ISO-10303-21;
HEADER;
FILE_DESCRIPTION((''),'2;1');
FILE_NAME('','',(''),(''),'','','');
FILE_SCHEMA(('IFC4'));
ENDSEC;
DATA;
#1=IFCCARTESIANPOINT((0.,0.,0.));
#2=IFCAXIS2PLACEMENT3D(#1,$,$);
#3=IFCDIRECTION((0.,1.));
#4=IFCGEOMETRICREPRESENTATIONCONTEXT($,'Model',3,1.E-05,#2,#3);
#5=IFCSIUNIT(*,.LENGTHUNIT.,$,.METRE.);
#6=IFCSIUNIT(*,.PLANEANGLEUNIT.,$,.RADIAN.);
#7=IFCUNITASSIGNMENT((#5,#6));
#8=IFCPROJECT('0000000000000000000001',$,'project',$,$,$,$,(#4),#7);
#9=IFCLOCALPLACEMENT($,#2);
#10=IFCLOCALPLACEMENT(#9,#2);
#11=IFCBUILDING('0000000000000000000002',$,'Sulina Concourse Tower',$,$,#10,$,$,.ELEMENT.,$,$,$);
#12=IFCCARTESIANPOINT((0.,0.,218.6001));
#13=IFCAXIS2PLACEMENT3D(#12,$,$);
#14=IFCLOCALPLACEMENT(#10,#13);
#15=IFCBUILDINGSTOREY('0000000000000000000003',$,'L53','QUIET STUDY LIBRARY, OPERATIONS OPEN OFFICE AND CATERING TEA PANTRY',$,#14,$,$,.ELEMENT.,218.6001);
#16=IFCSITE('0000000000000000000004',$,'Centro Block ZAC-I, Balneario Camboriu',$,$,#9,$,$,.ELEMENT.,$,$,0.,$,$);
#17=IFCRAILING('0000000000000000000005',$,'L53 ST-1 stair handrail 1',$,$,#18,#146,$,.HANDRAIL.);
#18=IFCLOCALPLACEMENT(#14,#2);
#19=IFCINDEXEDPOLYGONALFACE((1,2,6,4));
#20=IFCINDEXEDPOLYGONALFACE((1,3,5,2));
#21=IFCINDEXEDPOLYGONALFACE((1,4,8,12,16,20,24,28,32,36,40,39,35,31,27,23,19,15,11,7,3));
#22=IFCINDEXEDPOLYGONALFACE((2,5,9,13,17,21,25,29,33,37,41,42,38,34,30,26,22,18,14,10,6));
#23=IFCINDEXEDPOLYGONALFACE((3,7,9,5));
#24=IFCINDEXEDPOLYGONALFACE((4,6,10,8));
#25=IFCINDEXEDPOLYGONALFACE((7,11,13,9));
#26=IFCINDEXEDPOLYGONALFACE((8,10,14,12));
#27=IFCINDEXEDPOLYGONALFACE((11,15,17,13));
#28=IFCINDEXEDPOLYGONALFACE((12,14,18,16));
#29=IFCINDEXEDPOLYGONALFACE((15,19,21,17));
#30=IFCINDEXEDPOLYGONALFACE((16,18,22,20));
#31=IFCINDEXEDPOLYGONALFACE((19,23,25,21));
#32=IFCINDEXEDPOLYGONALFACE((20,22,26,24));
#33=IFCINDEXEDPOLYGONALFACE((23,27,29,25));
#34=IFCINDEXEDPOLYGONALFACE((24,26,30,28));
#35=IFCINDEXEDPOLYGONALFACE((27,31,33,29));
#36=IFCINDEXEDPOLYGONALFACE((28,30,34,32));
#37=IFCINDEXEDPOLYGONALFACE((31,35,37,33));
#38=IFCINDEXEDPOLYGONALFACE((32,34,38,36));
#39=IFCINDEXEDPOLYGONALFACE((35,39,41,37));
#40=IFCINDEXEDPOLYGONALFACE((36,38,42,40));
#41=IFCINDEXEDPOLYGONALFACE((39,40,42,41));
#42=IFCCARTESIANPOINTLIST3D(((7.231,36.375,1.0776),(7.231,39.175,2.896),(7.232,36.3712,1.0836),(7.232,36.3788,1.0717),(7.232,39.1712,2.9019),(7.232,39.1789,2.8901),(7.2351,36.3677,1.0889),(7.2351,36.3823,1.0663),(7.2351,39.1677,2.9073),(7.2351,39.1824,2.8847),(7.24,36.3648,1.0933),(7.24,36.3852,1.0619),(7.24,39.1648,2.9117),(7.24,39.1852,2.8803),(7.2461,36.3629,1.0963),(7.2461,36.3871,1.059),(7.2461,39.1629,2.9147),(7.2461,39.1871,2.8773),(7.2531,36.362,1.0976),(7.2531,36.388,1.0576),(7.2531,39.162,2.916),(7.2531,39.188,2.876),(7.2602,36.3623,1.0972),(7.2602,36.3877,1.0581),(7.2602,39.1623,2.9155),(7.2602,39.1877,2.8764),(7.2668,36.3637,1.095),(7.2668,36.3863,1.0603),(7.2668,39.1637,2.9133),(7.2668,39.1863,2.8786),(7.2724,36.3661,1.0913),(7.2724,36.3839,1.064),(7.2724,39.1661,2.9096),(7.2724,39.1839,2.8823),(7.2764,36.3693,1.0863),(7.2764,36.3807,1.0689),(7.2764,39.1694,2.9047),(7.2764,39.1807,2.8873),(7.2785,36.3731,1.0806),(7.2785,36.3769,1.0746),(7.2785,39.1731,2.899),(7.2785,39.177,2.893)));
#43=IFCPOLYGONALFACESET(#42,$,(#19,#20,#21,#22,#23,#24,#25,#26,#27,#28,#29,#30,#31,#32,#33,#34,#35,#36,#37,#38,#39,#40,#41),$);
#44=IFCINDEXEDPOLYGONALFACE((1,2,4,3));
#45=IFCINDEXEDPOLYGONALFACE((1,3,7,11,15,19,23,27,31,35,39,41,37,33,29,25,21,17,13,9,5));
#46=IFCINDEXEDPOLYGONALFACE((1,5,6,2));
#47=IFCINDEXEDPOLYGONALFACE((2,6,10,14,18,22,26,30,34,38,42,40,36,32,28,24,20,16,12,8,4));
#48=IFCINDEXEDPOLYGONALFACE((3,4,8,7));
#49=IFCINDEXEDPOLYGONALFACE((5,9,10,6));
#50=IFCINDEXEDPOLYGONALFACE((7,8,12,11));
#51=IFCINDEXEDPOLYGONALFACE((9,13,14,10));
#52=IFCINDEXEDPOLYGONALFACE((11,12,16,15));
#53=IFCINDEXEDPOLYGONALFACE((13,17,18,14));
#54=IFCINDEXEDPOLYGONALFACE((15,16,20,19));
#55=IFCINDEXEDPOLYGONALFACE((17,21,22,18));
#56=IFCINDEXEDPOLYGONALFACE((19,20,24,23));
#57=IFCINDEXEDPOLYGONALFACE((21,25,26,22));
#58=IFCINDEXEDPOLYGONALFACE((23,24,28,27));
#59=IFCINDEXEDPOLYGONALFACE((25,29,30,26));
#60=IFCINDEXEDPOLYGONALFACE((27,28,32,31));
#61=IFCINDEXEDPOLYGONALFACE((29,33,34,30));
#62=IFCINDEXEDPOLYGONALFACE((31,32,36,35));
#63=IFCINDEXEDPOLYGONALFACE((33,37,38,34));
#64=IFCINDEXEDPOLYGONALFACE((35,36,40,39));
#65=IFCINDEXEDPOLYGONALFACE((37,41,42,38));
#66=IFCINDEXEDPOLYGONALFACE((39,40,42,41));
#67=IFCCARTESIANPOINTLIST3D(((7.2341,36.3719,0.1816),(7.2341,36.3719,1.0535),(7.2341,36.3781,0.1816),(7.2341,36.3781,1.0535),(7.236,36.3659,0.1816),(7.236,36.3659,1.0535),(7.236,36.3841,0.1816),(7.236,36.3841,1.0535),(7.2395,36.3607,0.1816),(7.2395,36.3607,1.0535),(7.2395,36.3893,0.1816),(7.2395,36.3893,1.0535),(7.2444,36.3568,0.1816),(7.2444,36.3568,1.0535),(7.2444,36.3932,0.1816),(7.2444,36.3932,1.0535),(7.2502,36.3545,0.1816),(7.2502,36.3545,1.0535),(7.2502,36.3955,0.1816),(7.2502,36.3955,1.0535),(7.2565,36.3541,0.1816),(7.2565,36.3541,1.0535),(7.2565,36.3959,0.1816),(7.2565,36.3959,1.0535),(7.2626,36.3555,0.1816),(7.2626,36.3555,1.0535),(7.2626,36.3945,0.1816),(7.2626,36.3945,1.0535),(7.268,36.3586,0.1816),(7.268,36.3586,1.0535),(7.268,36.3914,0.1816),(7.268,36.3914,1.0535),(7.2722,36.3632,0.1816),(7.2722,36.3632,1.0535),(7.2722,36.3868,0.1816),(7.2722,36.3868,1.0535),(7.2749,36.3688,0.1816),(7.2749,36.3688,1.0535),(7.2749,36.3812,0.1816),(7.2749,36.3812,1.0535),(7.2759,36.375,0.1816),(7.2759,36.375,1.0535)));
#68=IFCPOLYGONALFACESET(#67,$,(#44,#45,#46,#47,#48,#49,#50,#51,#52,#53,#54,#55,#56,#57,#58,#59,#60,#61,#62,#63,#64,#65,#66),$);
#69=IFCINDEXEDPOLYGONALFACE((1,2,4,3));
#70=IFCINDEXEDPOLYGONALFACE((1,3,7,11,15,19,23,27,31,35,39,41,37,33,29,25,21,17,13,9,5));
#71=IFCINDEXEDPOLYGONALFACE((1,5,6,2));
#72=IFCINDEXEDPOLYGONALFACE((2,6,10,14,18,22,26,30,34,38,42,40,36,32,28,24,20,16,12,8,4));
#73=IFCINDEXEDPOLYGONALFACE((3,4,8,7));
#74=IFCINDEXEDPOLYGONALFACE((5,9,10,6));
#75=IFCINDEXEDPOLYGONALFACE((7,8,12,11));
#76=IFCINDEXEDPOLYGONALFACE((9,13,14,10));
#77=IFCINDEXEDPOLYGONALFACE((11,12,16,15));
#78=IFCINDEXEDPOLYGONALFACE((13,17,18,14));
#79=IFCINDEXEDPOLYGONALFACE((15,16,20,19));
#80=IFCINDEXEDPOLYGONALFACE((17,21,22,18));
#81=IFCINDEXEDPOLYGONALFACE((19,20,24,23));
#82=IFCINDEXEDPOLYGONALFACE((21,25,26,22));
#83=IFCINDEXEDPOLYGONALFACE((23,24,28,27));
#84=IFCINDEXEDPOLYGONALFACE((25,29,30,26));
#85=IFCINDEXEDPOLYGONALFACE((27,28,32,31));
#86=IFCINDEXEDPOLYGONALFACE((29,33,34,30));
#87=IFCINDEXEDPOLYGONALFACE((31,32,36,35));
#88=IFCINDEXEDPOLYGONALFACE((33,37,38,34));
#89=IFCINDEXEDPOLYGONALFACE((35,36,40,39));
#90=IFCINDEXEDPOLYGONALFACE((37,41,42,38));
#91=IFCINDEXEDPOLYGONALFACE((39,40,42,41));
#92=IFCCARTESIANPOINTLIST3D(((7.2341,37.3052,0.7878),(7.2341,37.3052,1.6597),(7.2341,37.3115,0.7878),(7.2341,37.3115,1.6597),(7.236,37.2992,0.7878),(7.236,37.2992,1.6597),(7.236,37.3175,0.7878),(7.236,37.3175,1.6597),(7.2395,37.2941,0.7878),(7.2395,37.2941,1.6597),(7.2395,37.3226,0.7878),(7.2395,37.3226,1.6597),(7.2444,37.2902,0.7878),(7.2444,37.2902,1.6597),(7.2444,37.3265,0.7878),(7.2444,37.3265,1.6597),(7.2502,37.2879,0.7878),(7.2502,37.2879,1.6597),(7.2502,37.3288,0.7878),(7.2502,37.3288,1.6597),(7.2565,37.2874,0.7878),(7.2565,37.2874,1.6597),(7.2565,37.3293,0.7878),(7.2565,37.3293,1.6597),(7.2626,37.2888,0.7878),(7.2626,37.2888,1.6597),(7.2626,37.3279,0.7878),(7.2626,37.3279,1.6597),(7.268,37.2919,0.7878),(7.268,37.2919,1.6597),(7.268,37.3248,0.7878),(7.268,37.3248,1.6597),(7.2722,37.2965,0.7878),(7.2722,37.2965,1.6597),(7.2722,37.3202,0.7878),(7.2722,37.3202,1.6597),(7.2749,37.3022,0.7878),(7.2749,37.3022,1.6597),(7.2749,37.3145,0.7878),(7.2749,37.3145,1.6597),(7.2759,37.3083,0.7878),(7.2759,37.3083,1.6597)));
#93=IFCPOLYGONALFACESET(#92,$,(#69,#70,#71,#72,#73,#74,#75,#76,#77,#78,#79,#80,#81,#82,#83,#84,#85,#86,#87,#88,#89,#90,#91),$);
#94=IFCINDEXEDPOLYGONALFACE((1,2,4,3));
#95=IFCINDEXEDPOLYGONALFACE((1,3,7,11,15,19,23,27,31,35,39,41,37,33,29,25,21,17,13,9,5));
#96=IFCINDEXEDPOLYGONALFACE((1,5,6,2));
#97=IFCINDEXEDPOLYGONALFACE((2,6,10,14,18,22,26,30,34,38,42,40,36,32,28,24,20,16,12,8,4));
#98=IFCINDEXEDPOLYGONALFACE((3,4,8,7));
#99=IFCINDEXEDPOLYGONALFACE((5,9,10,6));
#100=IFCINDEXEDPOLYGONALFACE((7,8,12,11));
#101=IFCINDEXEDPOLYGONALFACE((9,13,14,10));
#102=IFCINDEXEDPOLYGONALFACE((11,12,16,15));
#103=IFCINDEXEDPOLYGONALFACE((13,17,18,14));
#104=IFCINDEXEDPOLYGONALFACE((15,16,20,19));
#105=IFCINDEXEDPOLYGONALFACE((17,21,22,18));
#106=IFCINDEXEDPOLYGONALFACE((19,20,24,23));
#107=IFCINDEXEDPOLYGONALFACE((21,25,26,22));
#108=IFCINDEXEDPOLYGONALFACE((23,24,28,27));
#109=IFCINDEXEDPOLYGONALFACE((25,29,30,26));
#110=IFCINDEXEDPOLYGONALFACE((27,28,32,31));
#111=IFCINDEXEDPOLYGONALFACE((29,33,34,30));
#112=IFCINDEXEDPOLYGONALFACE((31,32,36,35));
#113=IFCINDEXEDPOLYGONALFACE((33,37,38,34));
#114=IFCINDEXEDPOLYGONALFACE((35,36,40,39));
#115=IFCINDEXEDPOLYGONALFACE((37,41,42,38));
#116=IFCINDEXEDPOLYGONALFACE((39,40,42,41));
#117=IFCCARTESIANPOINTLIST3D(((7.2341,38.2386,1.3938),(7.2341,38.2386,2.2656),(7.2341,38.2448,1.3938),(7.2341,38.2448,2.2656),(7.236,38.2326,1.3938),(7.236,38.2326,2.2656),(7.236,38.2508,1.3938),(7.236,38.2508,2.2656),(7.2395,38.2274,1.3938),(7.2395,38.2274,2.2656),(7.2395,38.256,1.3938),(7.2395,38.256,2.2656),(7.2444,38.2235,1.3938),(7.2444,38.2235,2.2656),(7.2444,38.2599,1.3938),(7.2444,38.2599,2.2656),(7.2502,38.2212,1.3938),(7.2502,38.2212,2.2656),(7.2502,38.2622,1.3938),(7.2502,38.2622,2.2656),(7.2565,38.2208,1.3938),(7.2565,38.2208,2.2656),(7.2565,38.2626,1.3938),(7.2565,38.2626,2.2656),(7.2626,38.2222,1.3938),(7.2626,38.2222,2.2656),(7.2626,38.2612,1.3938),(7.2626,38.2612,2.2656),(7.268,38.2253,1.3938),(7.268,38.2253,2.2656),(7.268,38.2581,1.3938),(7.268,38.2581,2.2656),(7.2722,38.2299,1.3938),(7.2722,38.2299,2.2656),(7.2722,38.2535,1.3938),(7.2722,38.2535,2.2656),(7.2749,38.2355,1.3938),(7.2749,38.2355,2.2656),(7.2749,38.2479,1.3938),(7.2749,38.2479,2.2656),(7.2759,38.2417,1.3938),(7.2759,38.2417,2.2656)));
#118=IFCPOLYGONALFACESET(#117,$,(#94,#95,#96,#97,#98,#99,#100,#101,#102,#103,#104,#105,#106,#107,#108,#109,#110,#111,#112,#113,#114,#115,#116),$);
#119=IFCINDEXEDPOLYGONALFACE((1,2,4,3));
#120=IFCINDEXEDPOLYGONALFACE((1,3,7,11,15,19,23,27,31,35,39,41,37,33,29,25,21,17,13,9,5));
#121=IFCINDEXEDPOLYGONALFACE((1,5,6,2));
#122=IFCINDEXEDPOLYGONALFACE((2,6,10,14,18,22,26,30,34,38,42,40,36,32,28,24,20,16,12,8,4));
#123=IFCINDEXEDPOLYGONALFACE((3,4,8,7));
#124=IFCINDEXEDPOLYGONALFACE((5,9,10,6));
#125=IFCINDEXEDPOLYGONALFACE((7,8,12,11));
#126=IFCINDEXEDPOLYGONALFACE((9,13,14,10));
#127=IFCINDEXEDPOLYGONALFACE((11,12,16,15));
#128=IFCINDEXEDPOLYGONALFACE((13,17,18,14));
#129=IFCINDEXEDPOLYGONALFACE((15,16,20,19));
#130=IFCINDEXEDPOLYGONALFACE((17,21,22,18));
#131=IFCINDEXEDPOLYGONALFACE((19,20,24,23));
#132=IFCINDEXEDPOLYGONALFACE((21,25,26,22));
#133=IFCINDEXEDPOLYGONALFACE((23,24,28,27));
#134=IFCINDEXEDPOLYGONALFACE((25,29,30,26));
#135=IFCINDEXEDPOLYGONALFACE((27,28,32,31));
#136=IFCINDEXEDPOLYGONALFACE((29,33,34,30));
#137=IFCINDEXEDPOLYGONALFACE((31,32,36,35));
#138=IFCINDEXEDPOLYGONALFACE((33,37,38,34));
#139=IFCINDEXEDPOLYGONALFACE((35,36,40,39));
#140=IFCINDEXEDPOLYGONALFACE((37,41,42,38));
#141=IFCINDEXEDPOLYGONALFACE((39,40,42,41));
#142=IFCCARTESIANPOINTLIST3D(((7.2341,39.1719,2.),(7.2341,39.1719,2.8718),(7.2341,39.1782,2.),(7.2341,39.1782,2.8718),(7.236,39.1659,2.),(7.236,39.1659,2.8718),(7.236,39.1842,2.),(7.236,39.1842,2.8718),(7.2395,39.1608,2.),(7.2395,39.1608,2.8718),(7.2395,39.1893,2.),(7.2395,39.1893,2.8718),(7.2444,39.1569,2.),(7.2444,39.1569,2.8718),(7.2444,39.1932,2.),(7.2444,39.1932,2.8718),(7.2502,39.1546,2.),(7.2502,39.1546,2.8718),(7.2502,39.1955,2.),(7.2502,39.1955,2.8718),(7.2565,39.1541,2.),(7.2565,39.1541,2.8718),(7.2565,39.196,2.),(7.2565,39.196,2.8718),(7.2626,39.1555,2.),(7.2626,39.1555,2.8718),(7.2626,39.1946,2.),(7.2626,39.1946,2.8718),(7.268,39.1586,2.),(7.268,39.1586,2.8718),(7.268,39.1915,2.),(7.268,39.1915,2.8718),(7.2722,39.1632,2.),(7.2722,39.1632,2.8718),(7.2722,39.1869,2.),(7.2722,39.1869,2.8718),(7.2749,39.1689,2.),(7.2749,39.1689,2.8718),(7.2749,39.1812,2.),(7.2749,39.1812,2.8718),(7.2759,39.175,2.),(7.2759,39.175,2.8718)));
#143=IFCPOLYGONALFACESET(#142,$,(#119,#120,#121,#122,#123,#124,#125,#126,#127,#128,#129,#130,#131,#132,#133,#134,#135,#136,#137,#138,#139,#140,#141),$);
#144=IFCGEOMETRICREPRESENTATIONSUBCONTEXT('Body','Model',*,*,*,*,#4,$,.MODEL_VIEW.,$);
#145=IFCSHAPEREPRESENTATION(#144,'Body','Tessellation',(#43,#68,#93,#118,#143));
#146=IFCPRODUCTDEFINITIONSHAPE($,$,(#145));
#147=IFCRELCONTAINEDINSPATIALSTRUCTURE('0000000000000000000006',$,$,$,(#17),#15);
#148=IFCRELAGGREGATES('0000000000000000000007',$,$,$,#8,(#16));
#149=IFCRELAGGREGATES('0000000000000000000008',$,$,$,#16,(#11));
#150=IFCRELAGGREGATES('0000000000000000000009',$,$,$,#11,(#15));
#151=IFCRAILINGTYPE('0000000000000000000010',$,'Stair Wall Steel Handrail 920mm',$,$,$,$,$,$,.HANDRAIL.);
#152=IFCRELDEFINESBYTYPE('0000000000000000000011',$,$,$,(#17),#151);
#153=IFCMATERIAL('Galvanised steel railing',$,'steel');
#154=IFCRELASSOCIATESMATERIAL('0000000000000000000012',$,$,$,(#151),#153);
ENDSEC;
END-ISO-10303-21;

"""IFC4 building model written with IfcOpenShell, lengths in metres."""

from ifc_helpers import new_model, si_unit, direction, frame, origin, origin_2d, place, context, subcontext, project, spatial, circle, extrude, material, type_object, element, save


model = new_model("IFC4")

# Units and contexts
model_context = context("Model", 3, precision=1e-05, world=origin(), true_north=direction((0.0, 1.0)))
body_context = subcontext(model_context, "Body", "Model", "MODEL_VIEW")
ifc_project = project(units=[si_unit("LENGTHUNIT", "METRE"), si_unit("PLANEANGLEUNIT", "RADIAN")], contexts=[model_context])

# Site, building, storey
site_placement = place(None, origin())
site = spatial("IfcSite", under=ifc_project, at=site_placement, Name="Centro Block ZAC-I, Balneario Camboriu", CompositionType="ELEMENT", RefElevation=0.0)
building_placement = place(site_placement, origin())
building = spatial("IfcBuilding", under=site, at=building_placement, Name="Sulina Concourse Tower", CompositionType="ELEMENT")
storey_placement = place(building_placement, frame((0.0, 0.0, 218.6001)))
storey = spatial("IfcBuildingStorey", under=building, at=storey_placement, Name="L53", Description="QUIET STUDY LIBRARY, OPERATIONS OPEN OFFICE AND CATERING TEA PANTRY", CompositionType="ELEMENT", Elevation=218.6001)

# Railing
ifc_material_1 = material(Name="Galvanised steel railing", Category="steel")
railing_type_1 = type_object("IfcRailingType", Name="Stair Wall Steel Handrail 920mm", PredefinedType="HANDRAIL", material=ifc_material_1)
railing_1_placement = place(storey_placement, frame((7.2549, 36.375, 0.1816)))
element("IfcRailing", 1, at=railing_1_placement, inside=storey, type_object=railing_type_1, Name="L53 ST-1 stair handrail 1", PredefinedType="HANDRAIL", context=body_context, shape_type="SweptSolid", body=[
    extrude(circle(Radius=0.0239, at=origin_2d()), frame((0.0, 0.0, 0.896), z_axis=(0.0, 0.838672, 0.544636), x_axis=(-1.0, 0.0, 0.0)), (0.0, 0.0, 1.0), 3.3386),
    extrude(circle(Radius=0.021, at=origin_2d()), origin(), (0.0, 0.0, 1.0), 0.8718),
    extrude(circle(Radius=0.021, at=origin_2d()), frame((0.0, 0.9333, 0.6062)), (0.0, 0.0, 1.0), 0.8718),
    extrude(circle(Radius=0.021, at=origin_2d()), frame((0.0, 1.8667, 1.2122)), (0.0, 0.0, 1.0), 0.8718),
    extrude(circle(Radius=0.021, at=origin_2d()), frame((0.0, 2.8, 1.8184)), (0.0, 0.0, 1.0), 0.8718),
])

save(model, "model.ifc")
